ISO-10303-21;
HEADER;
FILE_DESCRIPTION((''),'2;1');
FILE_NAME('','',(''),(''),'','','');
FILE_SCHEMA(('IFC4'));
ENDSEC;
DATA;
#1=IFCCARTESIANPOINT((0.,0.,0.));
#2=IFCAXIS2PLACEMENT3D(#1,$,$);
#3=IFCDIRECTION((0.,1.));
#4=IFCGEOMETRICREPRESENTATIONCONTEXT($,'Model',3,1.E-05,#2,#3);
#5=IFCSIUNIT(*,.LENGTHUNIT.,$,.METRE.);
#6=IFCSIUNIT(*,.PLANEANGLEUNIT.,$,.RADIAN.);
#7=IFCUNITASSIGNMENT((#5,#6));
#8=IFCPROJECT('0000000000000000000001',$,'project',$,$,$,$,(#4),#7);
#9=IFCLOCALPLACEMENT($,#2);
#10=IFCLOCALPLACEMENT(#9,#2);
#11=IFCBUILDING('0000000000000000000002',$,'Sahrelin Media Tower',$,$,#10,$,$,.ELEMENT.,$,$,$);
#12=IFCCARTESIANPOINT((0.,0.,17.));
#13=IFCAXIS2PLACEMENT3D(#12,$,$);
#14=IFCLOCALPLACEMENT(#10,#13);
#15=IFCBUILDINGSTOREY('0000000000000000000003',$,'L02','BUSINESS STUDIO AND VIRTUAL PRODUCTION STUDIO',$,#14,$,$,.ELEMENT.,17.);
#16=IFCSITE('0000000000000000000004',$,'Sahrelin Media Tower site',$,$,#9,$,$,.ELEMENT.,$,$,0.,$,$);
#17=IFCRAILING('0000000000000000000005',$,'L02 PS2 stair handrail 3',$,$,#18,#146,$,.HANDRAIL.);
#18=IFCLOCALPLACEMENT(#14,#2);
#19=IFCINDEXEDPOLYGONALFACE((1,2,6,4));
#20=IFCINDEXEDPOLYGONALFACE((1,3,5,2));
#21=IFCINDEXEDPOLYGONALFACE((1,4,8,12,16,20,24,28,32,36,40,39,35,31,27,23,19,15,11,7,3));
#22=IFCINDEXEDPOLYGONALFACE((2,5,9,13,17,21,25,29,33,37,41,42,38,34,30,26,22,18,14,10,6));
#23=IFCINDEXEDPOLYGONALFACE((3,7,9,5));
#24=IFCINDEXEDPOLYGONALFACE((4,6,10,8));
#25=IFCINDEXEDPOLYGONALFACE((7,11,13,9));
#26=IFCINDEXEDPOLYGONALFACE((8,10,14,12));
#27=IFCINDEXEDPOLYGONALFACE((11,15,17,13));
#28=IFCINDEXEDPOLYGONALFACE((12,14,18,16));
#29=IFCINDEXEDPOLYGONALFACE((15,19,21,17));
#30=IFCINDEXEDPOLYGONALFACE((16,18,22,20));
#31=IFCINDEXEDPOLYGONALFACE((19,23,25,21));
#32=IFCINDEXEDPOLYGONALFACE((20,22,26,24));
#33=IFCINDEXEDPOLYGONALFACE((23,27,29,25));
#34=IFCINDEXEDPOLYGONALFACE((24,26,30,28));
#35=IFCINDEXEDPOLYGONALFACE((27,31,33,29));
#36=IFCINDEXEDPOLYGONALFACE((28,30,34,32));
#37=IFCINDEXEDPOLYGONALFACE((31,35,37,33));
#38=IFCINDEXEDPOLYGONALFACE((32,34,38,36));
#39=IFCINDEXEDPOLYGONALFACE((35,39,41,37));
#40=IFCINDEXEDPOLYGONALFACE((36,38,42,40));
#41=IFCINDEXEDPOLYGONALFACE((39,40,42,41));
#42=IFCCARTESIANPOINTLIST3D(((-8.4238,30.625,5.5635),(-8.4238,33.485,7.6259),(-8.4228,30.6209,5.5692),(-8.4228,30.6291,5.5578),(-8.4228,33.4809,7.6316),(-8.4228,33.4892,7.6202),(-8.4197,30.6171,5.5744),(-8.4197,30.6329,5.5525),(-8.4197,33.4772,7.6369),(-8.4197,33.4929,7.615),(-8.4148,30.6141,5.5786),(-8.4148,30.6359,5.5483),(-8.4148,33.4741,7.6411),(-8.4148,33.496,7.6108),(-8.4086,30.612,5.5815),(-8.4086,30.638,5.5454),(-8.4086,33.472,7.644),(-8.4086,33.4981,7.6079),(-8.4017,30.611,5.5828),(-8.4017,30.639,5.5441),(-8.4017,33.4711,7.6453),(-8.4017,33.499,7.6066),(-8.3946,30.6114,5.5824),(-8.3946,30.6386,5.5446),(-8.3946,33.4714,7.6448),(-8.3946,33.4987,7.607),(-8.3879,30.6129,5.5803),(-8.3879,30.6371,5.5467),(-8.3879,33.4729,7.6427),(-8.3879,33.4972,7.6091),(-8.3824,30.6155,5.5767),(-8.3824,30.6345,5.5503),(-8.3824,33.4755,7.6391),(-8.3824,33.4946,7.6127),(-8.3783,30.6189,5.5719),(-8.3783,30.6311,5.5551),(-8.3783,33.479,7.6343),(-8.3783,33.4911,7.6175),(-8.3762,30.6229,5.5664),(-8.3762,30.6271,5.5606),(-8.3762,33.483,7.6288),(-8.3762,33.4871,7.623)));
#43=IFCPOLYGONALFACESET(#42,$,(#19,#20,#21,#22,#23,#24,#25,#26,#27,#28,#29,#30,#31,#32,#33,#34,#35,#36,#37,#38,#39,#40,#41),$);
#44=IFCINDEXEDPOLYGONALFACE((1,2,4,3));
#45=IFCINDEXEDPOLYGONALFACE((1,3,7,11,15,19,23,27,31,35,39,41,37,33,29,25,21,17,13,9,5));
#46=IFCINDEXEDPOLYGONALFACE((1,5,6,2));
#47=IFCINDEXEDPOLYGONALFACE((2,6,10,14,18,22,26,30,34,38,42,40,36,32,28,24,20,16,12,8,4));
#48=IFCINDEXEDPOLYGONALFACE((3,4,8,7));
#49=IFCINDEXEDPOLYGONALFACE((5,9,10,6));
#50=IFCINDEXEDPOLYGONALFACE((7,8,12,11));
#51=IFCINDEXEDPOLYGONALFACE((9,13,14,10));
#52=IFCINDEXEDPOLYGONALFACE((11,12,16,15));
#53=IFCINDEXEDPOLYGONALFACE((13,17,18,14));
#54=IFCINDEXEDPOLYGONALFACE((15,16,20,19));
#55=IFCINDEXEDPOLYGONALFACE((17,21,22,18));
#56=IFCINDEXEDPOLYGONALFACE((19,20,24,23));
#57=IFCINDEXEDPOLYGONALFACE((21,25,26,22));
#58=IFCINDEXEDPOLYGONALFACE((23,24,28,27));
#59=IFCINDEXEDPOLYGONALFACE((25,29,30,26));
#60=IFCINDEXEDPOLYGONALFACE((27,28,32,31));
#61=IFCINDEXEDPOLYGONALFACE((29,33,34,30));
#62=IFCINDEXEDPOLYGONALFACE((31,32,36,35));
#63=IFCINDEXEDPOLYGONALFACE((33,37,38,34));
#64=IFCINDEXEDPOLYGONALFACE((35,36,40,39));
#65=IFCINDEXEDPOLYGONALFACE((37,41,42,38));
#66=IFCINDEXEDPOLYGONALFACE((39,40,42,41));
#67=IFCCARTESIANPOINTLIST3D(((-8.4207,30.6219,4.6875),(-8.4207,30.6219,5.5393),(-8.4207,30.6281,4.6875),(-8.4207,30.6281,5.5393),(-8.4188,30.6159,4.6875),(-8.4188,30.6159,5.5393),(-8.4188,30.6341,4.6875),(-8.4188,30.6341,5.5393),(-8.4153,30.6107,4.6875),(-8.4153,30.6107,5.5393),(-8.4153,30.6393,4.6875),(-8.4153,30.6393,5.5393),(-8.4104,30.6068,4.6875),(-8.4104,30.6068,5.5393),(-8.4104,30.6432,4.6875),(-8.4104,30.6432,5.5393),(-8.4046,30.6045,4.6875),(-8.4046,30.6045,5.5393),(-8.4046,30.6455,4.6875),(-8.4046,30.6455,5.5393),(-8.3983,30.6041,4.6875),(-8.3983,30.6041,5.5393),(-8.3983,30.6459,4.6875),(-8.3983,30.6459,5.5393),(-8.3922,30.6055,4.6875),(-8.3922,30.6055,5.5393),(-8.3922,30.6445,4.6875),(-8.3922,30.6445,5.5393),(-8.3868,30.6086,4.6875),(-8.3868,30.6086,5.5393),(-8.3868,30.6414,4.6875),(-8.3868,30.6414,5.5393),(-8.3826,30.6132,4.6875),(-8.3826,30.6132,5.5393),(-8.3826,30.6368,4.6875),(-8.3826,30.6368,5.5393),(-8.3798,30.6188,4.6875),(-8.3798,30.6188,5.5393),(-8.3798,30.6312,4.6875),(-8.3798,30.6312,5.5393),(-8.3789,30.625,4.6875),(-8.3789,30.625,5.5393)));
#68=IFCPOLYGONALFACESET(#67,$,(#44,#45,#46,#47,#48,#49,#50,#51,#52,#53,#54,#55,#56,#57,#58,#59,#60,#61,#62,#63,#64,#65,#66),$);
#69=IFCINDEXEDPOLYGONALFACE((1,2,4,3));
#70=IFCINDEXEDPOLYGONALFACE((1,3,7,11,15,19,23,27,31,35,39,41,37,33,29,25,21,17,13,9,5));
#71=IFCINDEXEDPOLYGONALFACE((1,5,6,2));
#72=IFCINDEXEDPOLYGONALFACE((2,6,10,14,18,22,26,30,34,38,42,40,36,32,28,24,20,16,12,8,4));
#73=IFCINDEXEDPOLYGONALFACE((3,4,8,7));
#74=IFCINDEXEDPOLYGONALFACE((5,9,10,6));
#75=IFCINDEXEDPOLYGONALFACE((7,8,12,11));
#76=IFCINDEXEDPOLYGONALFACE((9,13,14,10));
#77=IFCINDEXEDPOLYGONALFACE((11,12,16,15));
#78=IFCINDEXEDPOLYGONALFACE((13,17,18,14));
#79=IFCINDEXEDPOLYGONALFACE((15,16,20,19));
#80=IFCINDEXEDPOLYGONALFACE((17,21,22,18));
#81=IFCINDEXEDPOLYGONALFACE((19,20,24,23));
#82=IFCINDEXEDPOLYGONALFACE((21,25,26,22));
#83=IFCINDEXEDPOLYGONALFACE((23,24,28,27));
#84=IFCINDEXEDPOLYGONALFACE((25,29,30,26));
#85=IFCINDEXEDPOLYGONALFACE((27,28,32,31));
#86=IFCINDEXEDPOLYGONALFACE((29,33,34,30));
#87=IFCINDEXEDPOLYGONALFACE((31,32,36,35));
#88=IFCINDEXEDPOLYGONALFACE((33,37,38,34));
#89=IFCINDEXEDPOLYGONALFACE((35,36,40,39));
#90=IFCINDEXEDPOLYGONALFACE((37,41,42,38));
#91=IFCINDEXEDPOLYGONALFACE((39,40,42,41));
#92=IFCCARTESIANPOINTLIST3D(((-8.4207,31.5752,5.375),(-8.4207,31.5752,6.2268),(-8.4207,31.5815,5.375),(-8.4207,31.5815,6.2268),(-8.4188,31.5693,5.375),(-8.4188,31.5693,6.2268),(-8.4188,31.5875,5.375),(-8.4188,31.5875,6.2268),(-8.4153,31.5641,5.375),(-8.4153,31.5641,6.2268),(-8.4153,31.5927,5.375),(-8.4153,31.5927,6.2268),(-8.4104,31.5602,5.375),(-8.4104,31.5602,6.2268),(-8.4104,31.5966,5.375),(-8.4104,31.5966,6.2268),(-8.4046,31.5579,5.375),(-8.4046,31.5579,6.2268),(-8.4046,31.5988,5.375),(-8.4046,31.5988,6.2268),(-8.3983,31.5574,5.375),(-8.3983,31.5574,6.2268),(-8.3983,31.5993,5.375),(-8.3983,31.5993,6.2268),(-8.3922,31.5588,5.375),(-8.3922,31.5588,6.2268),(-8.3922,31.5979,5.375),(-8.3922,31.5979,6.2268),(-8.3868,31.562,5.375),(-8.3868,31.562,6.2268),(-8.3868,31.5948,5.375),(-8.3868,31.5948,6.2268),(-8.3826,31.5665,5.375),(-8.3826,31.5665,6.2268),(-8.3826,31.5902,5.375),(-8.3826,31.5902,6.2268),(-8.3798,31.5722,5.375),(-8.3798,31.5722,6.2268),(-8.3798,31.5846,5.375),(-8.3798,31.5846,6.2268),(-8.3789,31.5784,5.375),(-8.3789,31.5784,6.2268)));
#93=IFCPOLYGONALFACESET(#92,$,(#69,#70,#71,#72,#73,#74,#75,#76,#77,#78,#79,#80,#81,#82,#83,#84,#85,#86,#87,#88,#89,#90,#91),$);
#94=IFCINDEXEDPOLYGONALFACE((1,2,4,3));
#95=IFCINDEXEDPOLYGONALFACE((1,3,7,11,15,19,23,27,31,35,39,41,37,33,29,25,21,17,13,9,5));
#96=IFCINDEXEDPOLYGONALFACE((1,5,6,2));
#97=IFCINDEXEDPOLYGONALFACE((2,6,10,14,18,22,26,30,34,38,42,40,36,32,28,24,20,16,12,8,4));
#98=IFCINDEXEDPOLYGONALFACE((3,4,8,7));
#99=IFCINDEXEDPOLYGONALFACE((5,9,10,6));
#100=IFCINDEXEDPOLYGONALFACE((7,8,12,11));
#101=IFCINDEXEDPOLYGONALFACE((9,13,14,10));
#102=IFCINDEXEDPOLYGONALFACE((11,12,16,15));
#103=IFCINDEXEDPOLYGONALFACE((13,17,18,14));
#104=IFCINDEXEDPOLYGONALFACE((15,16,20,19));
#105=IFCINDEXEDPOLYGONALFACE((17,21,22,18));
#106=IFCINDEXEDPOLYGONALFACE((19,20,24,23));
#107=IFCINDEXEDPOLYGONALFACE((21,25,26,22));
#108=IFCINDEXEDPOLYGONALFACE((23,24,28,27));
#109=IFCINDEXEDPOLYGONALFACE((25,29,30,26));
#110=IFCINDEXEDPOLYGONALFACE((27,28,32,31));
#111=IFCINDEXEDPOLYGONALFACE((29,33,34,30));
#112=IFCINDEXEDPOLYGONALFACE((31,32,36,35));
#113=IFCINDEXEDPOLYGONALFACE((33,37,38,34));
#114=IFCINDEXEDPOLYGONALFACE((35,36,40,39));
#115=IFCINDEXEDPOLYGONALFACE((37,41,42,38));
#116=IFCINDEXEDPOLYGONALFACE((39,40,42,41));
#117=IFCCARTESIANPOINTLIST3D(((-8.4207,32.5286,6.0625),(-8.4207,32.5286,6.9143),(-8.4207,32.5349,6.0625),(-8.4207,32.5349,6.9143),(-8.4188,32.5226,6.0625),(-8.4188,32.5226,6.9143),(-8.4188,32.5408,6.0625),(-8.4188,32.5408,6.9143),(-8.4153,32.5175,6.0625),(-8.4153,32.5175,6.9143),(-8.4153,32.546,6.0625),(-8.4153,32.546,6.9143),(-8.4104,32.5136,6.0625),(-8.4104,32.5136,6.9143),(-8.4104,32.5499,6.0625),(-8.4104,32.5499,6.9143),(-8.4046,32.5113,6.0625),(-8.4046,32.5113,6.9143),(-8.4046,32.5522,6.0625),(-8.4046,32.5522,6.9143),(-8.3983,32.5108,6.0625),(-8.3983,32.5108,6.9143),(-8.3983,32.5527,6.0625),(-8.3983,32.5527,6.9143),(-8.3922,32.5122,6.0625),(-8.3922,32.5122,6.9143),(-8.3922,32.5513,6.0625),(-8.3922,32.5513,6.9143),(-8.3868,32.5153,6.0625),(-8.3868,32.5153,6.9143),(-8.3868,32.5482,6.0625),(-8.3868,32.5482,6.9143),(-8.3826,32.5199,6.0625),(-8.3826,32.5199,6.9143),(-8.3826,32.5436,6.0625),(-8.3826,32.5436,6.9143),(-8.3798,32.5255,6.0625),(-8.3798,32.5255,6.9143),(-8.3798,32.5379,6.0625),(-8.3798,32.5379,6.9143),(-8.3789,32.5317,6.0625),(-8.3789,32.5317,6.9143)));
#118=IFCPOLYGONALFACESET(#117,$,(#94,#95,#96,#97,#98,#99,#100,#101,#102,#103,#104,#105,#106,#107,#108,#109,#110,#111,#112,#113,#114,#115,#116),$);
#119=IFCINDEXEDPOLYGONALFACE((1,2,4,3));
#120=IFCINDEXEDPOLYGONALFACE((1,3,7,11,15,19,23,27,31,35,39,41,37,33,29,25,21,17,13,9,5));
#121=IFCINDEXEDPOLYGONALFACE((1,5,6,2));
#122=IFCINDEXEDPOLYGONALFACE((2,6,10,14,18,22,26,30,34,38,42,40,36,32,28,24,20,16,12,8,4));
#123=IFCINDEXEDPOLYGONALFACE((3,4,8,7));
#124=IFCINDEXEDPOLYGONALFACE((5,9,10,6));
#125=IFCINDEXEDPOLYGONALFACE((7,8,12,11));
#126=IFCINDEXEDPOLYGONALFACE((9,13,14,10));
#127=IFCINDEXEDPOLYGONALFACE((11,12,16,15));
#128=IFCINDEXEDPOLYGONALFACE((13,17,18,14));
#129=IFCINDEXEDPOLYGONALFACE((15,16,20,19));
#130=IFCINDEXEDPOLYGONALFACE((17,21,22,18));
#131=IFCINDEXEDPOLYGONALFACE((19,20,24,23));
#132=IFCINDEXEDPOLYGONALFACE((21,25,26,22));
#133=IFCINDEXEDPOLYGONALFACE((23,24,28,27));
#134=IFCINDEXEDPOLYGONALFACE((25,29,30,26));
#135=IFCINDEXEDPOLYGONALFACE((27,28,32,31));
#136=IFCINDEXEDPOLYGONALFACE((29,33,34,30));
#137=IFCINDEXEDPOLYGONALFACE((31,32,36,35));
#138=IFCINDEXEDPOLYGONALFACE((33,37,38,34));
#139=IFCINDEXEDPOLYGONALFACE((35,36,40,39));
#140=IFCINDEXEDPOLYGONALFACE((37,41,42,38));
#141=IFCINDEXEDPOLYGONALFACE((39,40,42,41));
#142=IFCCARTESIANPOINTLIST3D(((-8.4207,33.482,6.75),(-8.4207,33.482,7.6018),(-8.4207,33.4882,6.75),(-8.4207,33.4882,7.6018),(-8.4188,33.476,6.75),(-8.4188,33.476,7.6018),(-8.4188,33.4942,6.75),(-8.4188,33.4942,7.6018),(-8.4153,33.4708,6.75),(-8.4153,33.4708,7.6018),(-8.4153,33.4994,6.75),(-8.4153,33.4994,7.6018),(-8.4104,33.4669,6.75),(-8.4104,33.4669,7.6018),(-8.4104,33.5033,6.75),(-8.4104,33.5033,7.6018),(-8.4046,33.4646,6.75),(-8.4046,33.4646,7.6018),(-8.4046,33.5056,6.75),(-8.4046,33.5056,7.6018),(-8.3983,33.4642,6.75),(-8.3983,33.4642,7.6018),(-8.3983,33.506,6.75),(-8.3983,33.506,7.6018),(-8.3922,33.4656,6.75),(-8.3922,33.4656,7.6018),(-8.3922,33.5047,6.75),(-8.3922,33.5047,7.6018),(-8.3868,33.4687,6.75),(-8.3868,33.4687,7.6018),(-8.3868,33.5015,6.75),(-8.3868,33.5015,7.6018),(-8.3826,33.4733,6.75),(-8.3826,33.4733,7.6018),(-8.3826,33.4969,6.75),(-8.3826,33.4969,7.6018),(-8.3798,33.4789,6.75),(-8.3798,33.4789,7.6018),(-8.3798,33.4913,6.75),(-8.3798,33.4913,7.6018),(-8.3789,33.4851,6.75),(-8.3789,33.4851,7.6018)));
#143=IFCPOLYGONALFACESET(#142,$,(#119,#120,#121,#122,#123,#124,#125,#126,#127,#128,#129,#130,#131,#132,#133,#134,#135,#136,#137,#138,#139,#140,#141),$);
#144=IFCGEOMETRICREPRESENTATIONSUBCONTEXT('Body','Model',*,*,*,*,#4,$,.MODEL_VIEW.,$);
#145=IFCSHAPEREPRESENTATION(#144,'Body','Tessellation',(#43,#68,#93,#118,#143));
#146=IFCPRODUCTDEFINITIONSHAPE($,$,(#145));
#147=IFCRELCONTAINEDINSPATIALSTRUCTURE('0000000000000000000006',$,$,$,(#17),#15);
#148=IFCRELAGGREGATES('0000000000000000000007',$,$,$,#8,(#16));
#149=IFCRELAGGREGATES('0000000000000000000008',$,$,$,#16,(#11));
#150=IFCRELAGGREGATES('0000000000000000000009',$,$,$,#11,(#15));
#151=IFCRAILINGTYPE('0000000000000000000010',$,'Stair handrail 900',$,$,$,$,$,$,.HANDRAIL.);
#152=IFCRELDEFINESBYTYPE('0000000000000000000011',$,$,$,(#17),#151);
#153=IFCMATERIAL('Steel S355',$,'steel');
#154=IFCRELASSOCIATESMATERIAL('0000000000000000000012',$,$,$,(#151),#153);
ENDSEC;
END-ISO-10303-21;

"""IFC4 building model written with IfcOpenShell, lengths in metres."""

from ifc_helpers import new_model, si_unit, direction, frame, origin, origin_2d, place, context, subcontext, project, spatial, circle, extrude, material, type_object, element, save


model = new_model("IFC4")

# Units and contexts
model_context = context("Model", 3, precision=1e-05, world=origin(), true_north=direction((0.0, 1.0)))
body_context = subcontext(model_context, "Body", "Model", "MODEL_VIEW")
ifc_project = project(units=[si_unit("LENGTHUNIT", "METRE"), si_unit("PLANEANGLEUNIT", "RADIAN")], contexts=[model_context])

# Site, building, storey
site_placement = place(None, origin())
site = spatial("IfcSite", under=ifc_project, at=site_placement, Name="Sahrelin Media Tower site", CompositionType="ELEMENT", RefElevation=0.0)
building_placement = place(site_placement, origin())
building = spatial("IfcBuilding", under=site, at=building_placement, Name="Sahrelin Media Tower", CompositionType="ELEMENT")
storey_placement = place(building_placement, frame((0.0, 0.0, 17.0)))
storey = spatial("IfcBuildingStorey", under=building, at=storey_placement, Name="L02", Description="BUSINESS STUDIO AND VIRTUAL PRODUCTION STUDIO", CompositionType="ELEMENT", Elevation=17.0)

# Shared definitions
ifc_material_1 = material(Name="Steel S355", Category="steel")

# Railing
railing_type_1 = type_object("IfcRailingType", Name="Stair handrail 900", PredefinedType="HANDRAIL", material=ifc_material_1)
for number, where, name in (
    (1, (-8.3999, 30.625, 4.6875), "L02 PS2 stair handrail 3"),
):
    element("IfcRailing", number, at=place(storey_placement, frame(where)), inside=storey, type_object=railing_type_1, Name=name, PredefinedType="HANDRAIL", context=body_context, shape_type="SweptSolid", body=[
        extrude(circle(Radius=0.0239, at=origin_2d()), frame((0.0, 0.0, 0.876), z_axis=(0.0, 0.811101, 0.584906), x_axis=(-1.0, 0.0, 0.0)), (0.0, 0.0, 1.0), 3.5261),
        extrude(circle(Radius=0.021, at=origin_2d()), origin(), (0.0, 0.0, 1.0), 0.8518),
        extrude(circle(Radius=0.021, at=origin_2d()), frame((0.0, 0.9534, 0.6875)), (0.0, 0.0, 1.0), 0.8518),
        extrude(circle(Radius=0.021, at=origin_2d()), frame((0.0, 1.9067, 1.375)), (0.0, 0.0, 1.0), 0.8518),
        extrude(circle(Radius=0.021, at=origin_2d()), frame((0.0, 2.8601, 2.0625)), (0.0, 0.0, 1.0), 0.8518),
    ])

save(model, "model.ifc")
